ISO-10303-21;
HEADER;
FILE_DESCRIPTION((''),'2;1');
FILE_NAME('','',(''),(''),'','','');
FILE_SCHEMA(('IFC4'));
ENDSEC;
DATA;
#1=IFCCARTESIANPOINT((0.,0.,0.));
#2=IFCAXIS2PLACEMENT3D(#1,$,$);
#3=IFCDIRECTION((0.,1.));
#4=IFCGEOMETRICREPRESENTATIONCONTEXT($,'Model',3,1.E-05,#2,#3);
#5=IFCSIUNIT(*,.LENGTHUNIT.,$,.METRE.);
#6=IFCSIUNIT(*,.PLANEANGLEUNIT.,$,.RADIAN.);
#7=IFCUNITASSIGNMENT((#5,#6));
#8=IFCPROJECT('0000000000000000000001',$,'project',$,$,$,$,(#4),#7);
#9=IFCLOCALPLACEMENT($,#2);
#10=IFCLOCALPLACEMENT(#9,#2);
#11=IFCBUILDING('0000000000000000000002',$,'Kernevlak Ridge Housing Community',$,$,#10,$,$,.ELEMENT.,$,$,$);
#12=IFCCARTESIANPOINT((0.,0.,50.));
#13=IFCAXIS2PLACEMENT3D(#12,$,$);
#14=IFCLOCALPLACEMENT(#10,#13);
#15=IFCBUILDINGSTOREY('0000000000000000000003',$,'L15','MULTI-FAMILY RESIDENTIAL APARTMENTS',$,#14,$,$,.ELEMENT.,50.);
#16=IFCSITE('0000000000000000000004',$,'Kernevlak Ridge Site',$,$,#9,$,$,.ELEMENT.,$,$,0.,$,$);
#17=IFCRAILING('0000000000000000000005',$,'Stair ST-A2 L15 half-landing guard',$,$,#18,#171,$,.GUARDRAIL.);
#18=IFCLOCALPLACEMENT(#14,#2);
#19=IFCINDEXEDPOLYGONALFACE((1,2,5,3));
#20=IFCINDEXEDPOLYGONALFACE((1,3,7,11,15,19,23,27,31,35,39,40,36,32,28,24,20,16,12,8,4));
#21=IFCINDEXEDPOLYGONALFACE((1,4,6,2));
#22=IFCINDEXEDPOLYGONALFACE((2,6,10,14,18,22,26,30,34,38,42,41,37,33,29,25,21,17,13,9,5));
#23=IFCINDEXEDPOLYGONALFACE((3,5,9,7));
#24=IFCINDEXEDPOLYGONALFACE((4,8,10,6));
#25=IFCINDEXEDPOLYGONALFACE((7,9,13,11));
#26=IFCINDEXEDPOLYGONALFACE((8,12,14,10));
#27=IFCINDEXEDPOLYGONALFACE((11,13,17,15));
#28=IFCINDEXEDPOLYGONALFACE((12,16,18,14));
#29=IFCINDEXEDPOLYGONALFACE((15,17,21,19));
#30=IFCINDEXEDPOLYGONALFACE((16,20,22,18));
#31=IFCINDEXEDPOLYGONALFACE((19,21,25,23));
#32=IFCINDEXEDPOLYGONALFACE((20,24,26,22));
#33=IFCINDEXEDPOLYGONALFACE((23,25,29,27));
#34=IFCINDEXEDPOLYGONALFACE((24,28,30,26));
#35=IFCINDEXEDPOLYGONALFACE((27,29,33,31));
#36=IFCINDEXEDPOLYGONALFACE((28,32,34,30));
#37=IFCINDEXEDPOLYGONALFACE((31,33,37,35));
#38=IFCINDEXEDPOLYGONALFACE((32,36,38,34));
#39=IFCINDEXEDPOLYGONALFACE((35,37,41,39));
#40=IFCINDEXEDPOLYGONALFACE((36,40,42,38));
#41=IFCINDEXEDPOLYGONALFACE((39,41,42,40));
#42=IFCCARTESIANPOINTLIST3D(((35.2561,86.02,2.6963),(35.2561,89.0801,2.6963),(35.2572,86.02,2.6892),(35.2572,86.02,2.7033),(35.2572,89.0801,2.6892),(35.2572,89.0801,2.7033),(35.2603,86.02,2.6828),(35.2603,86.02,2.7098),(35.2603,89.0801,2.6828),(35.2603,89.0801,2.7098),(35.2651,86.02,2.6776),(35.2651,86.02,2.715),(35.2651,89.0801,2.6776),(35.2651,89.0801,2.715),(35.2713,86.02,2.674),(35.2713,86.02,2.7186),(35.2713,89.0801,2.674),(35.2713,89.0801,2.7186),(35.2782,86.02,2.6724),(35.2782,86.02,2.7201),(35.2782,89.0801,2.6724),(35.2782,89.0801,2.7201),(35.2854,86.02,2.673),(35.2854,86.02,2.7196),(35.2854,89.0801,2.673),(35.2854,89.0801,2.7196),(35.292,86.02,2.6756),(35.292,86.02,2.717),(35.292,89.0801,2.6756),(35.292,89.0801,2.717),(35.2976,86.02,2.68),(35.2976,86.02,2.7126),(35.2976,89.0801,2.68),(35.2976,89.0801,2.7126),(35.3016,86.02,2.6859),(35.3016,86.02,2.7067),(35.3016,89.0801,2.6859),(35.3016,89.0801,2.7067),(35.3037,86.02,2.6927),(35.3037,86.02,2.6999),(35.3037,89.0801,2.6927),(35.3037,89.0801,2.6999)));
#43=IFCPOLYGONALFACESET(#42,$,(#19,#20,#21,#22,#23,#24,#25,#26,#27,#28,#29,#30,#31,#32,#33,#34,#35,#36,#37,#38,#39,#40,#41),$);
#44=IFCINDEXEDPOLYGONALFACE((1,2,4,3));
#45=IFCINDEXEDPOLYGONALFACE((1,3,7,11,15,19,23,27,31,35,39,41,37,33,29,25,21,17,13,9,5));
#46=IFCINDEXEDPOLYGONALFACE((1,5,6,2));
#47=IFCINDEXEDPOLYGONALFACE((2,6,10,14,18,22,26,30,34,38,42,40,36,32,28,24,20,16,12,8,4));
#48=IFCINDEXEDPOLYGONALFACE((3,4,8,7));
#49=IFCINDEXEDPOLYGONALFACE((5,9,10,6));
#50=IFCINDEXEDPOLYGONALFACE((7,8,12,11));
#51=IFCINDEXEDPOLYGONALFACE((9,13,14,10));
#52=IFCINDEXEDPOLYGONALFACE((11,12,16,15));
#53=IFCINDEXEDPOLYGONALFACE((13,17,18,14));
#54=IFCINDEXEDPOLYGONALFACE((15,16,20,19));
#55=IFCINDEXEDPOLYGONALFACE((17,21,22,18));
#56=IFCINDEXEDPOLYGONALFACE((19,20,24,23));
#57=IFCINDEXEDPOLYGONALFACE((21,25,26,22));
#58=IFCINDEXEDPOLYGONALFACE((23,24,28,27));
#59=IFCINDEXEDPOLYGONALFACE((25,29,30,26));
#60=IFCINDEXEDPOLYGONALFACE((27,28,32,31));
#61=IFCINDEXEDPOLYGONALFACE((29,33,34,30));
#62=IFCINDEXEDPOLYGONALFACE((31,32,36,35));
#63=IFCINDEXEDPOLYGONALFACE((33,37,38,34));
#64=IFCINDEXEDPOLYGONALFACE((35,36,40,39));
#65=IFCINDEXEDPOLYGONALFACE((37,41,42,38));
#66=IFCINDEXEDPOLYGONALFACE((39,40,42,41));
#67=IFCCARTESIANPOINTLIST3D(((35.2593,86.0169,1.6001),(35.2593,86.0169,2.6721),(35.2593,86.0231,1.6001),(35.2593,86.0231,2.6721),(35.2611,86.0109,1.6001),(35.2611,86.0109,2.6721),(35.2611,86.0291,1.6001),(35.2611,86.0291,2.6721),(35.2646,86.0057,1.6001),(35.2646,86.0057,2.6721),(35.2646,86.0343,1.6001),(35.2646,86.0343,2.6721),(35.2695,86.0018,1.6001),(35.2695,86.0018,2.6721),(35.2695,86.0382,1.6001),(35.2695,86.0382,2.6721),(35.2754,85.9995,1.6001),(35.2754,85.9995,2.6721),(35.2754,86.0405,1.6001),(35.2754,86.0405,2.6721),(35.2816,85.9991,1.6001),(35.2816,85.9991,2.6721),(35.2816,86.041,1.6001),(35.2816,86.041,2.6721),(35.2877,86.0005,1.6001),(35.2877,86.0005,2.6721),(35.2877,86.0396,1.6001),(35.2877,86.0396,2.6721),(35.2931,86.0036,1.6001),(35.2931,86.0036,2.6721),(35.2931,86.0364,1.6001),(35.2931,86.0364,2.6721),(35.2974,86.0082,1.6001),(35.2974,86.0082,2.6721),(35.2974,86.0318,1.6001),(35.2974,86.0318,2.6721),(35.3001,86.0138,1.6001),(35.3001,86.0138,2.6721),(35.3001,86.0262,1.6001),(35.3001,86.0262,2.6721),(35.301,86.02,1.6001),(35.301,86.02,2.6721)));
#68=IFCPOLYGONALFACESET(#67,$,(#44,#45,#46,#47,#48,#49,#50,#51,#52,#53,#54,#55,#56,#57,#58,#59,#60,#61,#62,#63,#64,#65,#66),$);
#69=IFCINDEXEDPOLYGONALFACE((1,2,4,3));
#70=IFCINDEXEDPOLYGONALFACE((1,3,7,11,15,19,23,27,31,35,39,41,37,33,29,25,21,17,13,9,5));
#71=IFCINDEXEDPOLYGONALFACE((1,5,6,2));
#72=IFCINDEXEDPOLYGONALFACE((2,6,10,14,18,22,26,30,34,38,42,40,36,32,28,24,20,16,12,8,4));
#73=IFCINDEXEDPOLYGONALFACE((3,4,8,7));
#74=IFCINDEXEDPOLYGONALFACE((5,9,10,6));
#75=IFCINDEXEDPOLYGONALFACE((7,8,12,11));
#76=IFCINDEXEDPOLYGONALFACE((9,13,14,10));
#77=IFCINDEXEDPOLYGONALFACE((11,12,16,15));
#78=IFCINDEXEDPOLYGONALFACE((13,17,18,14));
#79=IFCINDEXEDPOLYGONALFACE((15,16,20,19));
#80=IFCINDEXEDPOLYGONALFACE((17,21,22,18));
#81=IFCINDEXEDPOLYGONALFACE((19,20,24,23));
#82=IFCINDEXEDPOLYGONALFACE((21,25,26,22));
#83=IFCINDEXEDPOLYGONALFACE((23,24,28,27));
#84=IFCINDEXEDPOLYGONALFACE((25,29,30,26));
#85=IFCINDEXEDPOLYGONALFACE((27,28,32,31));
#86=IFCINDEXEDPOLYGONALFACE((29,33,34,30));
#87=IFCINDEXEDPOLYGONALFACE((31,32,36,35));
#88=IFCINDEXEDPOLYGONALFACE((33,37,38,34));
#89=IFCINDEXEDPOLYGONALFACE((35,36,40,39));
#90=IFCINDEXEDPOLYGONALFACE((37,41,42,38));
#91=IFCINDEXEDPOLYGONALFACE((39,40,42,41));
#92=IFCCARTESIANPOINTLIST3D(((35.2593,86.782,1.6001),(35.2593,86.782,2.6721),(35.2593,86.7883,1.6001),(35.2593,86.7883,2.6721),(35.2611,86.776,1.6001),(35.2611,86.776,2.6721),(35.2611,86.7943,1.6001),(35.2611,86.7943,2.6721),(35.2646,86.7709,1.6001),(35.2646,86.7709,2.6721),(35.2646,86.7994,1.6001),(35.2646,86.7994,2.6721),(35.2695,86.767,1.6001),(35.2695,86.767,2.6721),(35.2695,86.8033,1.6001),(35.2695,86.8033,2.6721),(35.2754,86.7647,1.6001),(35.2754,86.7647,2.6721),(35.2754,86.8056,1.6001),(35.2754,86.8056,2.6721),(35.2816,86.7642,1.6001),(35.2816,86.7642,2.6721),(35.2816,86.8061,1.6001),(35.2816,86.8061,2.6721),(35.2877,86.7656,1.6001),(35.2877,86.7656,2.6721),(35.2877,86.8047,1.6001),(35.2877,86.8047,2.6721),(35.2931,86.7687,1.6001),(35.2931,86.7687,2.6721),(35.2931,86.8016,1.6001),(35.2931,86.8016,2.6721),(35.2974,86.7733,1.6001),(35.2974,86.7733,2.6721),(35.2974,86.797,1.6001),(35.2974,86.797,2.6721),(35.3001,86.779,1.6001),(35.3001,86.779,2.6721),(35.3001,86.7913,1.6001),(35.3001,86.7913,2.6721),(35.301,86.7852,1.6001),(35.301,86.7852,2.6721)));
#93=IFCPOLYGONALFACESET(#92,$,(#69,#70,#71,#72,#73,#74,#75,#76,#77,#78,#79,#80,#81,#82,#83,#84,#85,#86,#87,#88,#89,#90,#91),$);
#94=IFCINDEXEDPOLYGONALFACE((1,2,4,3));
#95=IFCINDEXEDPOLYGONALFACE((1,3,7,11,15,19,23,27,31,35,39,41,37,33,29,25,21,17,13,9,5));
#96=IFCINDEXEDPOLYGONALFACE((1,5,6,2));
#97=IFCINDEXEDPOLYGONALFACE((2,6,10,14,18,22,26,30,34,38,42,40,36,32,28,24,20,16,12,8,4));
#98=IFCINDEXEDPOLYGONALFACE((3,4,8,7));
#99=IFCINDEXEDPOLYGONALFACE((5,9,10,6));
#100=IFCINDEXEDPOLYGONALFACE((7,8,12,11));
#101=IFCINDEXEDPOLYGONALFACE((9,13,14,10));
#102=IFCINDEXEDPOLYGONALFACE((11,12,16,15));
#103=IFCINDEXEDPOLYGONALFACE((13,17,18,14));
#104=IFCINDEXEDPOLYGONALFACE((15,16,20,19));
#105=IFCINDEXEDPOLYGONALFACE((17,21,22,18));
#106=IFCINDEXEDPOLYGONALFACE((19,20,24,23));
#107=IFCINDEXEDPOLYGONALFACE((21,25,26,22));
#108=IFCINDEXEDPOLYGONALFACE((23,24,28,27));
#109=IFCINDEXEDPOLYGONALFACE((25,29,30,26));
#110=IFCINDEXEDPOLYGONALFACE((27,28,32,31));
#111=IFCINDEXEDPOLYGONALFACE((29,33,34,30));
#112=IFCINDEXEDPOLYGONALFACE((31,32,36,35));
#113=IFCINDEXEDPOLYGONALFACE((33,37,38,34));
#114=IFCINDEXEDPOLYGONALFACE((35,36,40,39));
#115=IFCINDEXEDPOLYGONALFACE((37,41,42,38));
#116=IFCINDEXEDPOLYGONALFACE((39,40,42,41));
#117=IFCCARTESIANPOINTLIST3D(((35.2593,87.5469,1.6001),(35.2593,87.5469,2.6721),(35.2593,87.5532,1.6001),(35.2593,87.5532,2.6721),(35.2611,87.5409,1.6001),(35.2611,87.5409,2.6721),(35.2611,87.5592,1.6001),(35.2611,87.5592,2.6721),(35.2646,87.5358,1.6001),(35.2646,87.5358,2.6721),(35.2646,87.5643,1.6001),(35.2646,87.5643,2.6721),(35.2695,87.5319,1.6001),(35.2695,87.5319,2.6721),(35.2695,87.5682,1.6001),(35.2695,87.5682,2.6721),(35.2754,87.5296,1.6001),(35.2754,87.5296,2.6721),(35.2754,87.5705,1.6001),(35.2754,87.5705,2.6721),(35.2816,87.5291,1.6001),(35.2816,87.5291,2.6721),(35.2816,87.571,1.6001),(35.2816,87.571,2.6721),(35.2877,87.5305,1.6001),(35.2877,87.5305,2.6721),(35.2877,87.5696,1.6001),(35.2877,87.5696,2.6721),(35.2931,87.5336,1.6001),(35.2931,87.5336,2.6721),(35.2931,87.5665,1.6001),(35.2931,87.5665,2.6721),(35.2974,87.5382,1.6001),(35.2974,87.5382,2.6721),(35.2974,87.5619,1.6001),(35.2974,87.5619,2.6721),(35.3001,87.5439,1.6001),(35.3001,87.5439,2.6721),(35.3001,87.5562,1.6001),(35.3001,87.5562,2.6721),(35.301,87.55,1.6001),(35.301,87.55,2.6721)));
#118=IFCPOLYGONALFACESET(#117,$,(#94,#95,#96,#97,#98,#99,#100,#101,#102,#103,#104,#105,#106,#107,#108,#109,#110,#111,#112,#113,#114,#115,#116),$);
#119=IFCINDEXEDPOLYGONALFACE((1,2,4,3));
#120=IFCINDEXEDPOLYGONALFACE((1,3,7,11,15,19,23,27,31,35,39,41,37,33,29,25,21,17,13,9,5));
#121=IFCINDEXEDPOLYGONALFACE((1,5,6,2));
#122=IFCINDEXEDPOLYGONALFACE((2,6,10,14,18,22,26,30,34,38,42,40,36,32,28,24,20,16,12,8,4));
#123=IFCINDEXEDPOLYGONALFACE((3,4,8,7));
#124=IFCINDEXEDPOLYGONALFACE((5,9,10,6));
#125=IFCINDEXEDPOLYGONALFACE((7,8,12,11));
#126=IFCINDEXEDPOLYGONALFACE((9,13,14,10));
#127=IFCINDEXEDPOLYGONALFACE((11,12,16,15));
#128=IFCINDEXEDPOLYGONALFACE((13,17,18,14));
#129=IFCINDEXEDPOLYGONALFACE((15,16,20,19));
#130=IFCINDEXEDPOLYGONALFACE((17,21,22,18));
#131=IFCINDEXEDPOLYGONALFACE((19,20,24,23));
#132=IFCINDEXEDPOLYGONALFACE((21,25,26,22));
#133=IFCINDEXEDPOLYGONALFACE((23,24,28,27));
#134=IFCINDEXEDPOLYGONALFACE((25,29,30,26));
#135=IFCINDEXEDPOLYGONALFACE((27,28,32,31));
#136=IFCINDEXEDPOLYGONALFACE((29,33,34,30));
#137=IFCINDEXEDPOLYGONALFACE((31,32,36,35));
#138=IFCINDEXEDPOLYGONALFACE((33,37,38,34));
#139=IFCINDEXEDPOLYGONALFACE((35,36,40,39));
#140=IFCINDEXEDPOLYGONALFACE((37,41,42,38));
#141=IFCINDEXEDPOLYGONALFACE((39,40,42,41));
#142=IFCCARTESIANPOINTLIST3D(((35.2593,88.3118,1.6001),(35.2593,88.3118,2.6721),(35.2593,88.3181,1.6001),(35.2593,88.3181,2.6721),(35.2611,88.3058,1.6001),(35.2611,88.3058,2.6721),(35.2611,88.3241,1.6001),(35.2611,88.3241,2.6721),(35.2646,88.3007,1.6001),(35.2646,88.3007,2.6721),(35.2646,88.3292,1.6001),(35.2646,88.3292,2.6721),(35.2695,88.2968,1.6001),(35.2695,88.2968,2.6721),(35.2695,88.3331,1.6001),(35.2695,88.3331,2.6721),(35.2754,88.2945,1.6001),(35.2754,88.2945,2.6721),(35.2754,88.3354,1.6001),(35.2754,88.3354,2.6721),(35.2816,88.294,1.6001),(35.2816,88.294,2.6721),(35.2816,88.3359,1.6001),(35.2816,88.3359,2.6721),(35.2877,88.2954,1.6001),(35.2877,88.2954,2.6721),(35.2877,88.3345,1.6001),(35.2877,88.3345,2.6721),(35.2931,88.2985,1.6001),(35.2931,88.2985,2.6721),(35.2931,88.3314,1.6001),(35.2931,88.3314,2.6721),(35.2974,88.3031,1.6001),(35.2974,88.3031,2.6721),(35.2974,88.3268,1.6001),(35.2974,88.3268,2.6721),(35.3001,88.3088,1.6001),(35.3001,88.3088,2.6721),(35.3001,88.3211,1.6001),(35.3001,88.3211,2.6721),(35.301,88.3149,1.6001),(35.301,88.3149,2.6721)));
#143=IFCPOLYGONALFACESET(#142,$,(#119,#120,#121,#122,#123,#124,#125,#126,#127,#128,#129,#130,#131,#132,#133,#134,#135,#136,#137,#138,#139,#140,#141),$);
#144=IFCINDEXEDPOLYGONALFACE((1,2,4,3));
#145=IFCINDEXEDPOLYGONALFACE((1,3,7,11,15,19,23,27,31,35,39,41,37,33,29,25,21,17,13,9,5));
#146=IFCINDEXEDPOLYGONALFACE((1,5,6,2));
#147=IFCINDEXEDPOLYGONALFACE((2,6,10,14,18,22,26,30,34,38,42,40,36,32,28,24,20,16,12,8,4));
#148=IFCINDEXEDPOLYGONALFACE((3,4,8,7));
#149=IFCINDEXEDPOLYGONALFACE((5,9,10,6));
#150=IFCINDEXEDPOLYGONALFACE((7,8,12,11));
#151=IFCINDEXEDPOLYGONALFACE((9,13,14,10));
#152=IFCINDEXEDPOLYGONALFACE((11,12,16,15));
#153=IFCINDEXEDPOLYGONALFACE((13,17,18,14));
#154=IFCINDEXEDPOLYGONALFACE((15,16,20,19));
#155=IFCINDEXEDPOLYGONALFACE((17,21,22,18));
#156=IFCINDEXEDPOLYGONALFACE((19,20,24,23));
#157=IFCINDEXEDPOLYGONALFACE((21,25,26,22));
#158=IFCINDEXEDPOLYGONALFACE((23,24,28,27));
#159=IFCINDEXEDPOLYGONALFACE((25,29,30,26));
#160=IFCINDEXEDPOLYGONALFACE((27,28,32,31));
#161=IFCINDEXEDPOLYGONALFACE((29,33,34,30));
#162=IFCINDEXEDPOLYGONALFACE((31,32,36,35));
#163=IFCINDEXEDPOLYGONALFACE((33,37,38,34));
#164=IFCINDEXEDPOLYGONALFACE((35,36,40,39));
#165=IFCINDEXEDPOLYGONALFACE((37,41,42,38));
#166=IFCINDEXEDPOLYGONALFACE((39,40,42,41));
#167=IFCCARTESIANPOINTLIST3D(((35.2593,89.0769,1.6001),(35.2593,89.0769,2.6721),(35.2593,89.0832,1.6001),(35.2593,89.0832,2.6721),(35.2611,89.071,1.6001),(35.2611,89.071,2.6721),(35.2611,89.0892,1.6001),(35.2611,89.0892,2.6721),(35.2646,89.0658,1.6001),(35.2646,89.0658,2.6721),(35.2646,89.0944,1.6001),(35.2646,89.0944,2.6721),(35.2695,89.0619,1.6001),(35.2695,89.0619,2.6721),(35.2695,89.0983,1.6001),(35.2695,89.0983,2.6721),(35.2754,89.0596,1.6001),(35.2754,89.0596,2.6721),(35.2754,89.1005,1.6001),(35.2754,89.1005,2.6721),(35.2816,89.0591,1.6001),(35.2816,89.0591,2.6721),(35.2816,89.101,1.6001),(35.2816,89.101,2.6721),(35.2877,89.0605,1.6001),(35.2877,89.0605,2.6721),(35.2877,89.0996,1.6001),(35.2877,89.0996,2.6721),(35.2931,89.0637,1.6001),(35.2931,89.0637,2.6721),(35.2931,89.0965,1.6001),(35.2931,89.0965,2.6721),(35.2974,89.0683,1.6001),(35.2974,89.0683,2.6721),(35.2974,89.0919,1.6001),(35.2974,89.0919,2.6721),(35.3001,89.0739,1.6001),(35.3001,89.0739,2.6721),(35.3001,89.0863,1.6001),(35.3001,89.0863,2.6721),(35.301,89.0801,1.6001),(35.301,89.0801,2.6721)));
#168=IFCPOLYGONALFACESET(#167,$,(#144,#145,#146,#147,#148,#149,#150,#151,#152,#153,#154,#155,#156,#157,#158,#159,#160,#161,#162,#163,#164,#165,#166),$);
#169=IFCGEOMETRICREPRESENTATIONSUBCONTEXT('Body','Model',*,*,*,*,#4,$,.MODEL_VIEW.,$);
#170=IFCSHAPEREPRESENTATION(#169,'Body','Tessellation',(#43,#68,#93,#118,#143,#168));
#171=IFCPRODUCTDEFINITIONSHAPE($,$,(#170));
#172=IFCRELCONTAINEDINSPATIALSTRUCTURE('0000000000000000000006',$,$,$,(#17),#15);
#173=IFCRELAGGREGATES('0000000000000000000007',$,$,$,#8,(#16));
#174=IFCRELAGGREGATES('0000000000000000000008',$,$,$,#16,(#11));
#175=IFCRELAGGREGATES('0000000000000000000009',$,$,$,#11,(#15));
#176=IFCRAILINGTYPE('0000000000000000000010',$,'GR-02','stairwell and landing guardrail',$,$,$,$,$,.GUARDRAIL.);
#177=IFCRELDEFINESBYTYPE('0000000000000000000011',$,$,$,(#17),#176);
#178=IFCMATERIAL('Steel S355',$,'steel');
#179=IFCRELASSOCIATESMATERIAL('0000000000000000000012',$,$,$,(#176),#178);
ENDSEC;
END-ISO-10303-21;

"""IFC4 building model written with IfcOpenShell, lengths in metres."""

from ifc_helpers import new_model, si_unit, direction, frame, origin, origin_2d, place, context, subcontext, project, spatial, circle, extrude, material, type_object, element, save


model = new_model("IFC4")

# Units and contexts
model_context = context("Model", 3, precision=1e-05, world=origin(), true_north=direction((0.0, 1.0)))
body_context = subcontext(model_context, "Body", "Model", "MODEL_VIEW")
ifc_project = project(units=[si_unit("LENGTHUNIT", "METRE"), si_unit("PLANEANGLEUNIT", "RADIAN")], contexts=[model_context])

# Site, building, storey
site_placement = place(None, origin())
site = spatial("IfcSite", under=ifc_project, at=site_placement, Name="Kernevlak Ridge Site", CompositionType="ELEMENT", RefElevation=0.0)
building_placement = place(site_placement, origin())
building = spatial("IfcBuilding", under=site, at=building_placement, Name="Kernevlak Ridge Housing Community", CompositionType="ELEMENT")
storey_placement = place(building_placement, frame((0.0, 0.0, 50.0)))
storey = spatial("IfcBuildingStorey", under=building, at=storey_placement, Name="L15", Description="MULTI-FAMILY RESIDENTIAL APARTMENTS", CompositionType="ELEMENT", Elevation=50.0)

# Railing
ifc_material_1 = material(Name="Steel S355", Category="steel")
railing_type_1 = type_object("IfcRailingType", Name="GR-02", Description="stairwell and landing guardrail", PredefinedType="GUARDRAIL", material=ifc_material_1)
railing_1_placement = place(storey_placement, frame((35.28, 86.02, 1.6001)))
element("IfcRailing", 1, at=railing_1_placement, inside=storey, type_object=railing_type_1, Name="Stair ST-A2 L15 half-landing guard", PredefinedType="GUARDRAIL", context=body_context, shape_type="SweptSolid", body=[
    extrude(circle(Radius=0.0239, at=origin_2d()), frame((0.0, 0.0, 1.0962), z_axis=(0.0, 1.0, 0.0), x_axis=(-1.0, 0.0, 0.0)), (0.0, 0.0, 1.0), 3.0601),
    extrude(circle(Radius=0.021, at=origin_2d()), origin(), (0.0, 0.0, 1.0), 1.072),
    extrude(circle(Radius=0.021, at=origin_2d()), frame((0.0, 0.7651, 0.0)), (0.0, 0.0, 1.0), 1.072),
    extrude(circle(Radius=0.021, at=origin_2d()), frame((0.0, 1.53, 0.0)), (0.0, 0.0, 1.0), 1.072),
    extrude(circle(Radius=0.021, at=origin_2d()), frame((0.0, 2.2949, 0.0)), (0.0, 0.0, 1.0), 1.072),
    extrude(circle(Radius=0.021, at=origin_2d()), frame((0.0, 3.0601, 0.0)), (0.0, 0.0, 1.0), 1.072),
])

save(model, "model.ifc")
